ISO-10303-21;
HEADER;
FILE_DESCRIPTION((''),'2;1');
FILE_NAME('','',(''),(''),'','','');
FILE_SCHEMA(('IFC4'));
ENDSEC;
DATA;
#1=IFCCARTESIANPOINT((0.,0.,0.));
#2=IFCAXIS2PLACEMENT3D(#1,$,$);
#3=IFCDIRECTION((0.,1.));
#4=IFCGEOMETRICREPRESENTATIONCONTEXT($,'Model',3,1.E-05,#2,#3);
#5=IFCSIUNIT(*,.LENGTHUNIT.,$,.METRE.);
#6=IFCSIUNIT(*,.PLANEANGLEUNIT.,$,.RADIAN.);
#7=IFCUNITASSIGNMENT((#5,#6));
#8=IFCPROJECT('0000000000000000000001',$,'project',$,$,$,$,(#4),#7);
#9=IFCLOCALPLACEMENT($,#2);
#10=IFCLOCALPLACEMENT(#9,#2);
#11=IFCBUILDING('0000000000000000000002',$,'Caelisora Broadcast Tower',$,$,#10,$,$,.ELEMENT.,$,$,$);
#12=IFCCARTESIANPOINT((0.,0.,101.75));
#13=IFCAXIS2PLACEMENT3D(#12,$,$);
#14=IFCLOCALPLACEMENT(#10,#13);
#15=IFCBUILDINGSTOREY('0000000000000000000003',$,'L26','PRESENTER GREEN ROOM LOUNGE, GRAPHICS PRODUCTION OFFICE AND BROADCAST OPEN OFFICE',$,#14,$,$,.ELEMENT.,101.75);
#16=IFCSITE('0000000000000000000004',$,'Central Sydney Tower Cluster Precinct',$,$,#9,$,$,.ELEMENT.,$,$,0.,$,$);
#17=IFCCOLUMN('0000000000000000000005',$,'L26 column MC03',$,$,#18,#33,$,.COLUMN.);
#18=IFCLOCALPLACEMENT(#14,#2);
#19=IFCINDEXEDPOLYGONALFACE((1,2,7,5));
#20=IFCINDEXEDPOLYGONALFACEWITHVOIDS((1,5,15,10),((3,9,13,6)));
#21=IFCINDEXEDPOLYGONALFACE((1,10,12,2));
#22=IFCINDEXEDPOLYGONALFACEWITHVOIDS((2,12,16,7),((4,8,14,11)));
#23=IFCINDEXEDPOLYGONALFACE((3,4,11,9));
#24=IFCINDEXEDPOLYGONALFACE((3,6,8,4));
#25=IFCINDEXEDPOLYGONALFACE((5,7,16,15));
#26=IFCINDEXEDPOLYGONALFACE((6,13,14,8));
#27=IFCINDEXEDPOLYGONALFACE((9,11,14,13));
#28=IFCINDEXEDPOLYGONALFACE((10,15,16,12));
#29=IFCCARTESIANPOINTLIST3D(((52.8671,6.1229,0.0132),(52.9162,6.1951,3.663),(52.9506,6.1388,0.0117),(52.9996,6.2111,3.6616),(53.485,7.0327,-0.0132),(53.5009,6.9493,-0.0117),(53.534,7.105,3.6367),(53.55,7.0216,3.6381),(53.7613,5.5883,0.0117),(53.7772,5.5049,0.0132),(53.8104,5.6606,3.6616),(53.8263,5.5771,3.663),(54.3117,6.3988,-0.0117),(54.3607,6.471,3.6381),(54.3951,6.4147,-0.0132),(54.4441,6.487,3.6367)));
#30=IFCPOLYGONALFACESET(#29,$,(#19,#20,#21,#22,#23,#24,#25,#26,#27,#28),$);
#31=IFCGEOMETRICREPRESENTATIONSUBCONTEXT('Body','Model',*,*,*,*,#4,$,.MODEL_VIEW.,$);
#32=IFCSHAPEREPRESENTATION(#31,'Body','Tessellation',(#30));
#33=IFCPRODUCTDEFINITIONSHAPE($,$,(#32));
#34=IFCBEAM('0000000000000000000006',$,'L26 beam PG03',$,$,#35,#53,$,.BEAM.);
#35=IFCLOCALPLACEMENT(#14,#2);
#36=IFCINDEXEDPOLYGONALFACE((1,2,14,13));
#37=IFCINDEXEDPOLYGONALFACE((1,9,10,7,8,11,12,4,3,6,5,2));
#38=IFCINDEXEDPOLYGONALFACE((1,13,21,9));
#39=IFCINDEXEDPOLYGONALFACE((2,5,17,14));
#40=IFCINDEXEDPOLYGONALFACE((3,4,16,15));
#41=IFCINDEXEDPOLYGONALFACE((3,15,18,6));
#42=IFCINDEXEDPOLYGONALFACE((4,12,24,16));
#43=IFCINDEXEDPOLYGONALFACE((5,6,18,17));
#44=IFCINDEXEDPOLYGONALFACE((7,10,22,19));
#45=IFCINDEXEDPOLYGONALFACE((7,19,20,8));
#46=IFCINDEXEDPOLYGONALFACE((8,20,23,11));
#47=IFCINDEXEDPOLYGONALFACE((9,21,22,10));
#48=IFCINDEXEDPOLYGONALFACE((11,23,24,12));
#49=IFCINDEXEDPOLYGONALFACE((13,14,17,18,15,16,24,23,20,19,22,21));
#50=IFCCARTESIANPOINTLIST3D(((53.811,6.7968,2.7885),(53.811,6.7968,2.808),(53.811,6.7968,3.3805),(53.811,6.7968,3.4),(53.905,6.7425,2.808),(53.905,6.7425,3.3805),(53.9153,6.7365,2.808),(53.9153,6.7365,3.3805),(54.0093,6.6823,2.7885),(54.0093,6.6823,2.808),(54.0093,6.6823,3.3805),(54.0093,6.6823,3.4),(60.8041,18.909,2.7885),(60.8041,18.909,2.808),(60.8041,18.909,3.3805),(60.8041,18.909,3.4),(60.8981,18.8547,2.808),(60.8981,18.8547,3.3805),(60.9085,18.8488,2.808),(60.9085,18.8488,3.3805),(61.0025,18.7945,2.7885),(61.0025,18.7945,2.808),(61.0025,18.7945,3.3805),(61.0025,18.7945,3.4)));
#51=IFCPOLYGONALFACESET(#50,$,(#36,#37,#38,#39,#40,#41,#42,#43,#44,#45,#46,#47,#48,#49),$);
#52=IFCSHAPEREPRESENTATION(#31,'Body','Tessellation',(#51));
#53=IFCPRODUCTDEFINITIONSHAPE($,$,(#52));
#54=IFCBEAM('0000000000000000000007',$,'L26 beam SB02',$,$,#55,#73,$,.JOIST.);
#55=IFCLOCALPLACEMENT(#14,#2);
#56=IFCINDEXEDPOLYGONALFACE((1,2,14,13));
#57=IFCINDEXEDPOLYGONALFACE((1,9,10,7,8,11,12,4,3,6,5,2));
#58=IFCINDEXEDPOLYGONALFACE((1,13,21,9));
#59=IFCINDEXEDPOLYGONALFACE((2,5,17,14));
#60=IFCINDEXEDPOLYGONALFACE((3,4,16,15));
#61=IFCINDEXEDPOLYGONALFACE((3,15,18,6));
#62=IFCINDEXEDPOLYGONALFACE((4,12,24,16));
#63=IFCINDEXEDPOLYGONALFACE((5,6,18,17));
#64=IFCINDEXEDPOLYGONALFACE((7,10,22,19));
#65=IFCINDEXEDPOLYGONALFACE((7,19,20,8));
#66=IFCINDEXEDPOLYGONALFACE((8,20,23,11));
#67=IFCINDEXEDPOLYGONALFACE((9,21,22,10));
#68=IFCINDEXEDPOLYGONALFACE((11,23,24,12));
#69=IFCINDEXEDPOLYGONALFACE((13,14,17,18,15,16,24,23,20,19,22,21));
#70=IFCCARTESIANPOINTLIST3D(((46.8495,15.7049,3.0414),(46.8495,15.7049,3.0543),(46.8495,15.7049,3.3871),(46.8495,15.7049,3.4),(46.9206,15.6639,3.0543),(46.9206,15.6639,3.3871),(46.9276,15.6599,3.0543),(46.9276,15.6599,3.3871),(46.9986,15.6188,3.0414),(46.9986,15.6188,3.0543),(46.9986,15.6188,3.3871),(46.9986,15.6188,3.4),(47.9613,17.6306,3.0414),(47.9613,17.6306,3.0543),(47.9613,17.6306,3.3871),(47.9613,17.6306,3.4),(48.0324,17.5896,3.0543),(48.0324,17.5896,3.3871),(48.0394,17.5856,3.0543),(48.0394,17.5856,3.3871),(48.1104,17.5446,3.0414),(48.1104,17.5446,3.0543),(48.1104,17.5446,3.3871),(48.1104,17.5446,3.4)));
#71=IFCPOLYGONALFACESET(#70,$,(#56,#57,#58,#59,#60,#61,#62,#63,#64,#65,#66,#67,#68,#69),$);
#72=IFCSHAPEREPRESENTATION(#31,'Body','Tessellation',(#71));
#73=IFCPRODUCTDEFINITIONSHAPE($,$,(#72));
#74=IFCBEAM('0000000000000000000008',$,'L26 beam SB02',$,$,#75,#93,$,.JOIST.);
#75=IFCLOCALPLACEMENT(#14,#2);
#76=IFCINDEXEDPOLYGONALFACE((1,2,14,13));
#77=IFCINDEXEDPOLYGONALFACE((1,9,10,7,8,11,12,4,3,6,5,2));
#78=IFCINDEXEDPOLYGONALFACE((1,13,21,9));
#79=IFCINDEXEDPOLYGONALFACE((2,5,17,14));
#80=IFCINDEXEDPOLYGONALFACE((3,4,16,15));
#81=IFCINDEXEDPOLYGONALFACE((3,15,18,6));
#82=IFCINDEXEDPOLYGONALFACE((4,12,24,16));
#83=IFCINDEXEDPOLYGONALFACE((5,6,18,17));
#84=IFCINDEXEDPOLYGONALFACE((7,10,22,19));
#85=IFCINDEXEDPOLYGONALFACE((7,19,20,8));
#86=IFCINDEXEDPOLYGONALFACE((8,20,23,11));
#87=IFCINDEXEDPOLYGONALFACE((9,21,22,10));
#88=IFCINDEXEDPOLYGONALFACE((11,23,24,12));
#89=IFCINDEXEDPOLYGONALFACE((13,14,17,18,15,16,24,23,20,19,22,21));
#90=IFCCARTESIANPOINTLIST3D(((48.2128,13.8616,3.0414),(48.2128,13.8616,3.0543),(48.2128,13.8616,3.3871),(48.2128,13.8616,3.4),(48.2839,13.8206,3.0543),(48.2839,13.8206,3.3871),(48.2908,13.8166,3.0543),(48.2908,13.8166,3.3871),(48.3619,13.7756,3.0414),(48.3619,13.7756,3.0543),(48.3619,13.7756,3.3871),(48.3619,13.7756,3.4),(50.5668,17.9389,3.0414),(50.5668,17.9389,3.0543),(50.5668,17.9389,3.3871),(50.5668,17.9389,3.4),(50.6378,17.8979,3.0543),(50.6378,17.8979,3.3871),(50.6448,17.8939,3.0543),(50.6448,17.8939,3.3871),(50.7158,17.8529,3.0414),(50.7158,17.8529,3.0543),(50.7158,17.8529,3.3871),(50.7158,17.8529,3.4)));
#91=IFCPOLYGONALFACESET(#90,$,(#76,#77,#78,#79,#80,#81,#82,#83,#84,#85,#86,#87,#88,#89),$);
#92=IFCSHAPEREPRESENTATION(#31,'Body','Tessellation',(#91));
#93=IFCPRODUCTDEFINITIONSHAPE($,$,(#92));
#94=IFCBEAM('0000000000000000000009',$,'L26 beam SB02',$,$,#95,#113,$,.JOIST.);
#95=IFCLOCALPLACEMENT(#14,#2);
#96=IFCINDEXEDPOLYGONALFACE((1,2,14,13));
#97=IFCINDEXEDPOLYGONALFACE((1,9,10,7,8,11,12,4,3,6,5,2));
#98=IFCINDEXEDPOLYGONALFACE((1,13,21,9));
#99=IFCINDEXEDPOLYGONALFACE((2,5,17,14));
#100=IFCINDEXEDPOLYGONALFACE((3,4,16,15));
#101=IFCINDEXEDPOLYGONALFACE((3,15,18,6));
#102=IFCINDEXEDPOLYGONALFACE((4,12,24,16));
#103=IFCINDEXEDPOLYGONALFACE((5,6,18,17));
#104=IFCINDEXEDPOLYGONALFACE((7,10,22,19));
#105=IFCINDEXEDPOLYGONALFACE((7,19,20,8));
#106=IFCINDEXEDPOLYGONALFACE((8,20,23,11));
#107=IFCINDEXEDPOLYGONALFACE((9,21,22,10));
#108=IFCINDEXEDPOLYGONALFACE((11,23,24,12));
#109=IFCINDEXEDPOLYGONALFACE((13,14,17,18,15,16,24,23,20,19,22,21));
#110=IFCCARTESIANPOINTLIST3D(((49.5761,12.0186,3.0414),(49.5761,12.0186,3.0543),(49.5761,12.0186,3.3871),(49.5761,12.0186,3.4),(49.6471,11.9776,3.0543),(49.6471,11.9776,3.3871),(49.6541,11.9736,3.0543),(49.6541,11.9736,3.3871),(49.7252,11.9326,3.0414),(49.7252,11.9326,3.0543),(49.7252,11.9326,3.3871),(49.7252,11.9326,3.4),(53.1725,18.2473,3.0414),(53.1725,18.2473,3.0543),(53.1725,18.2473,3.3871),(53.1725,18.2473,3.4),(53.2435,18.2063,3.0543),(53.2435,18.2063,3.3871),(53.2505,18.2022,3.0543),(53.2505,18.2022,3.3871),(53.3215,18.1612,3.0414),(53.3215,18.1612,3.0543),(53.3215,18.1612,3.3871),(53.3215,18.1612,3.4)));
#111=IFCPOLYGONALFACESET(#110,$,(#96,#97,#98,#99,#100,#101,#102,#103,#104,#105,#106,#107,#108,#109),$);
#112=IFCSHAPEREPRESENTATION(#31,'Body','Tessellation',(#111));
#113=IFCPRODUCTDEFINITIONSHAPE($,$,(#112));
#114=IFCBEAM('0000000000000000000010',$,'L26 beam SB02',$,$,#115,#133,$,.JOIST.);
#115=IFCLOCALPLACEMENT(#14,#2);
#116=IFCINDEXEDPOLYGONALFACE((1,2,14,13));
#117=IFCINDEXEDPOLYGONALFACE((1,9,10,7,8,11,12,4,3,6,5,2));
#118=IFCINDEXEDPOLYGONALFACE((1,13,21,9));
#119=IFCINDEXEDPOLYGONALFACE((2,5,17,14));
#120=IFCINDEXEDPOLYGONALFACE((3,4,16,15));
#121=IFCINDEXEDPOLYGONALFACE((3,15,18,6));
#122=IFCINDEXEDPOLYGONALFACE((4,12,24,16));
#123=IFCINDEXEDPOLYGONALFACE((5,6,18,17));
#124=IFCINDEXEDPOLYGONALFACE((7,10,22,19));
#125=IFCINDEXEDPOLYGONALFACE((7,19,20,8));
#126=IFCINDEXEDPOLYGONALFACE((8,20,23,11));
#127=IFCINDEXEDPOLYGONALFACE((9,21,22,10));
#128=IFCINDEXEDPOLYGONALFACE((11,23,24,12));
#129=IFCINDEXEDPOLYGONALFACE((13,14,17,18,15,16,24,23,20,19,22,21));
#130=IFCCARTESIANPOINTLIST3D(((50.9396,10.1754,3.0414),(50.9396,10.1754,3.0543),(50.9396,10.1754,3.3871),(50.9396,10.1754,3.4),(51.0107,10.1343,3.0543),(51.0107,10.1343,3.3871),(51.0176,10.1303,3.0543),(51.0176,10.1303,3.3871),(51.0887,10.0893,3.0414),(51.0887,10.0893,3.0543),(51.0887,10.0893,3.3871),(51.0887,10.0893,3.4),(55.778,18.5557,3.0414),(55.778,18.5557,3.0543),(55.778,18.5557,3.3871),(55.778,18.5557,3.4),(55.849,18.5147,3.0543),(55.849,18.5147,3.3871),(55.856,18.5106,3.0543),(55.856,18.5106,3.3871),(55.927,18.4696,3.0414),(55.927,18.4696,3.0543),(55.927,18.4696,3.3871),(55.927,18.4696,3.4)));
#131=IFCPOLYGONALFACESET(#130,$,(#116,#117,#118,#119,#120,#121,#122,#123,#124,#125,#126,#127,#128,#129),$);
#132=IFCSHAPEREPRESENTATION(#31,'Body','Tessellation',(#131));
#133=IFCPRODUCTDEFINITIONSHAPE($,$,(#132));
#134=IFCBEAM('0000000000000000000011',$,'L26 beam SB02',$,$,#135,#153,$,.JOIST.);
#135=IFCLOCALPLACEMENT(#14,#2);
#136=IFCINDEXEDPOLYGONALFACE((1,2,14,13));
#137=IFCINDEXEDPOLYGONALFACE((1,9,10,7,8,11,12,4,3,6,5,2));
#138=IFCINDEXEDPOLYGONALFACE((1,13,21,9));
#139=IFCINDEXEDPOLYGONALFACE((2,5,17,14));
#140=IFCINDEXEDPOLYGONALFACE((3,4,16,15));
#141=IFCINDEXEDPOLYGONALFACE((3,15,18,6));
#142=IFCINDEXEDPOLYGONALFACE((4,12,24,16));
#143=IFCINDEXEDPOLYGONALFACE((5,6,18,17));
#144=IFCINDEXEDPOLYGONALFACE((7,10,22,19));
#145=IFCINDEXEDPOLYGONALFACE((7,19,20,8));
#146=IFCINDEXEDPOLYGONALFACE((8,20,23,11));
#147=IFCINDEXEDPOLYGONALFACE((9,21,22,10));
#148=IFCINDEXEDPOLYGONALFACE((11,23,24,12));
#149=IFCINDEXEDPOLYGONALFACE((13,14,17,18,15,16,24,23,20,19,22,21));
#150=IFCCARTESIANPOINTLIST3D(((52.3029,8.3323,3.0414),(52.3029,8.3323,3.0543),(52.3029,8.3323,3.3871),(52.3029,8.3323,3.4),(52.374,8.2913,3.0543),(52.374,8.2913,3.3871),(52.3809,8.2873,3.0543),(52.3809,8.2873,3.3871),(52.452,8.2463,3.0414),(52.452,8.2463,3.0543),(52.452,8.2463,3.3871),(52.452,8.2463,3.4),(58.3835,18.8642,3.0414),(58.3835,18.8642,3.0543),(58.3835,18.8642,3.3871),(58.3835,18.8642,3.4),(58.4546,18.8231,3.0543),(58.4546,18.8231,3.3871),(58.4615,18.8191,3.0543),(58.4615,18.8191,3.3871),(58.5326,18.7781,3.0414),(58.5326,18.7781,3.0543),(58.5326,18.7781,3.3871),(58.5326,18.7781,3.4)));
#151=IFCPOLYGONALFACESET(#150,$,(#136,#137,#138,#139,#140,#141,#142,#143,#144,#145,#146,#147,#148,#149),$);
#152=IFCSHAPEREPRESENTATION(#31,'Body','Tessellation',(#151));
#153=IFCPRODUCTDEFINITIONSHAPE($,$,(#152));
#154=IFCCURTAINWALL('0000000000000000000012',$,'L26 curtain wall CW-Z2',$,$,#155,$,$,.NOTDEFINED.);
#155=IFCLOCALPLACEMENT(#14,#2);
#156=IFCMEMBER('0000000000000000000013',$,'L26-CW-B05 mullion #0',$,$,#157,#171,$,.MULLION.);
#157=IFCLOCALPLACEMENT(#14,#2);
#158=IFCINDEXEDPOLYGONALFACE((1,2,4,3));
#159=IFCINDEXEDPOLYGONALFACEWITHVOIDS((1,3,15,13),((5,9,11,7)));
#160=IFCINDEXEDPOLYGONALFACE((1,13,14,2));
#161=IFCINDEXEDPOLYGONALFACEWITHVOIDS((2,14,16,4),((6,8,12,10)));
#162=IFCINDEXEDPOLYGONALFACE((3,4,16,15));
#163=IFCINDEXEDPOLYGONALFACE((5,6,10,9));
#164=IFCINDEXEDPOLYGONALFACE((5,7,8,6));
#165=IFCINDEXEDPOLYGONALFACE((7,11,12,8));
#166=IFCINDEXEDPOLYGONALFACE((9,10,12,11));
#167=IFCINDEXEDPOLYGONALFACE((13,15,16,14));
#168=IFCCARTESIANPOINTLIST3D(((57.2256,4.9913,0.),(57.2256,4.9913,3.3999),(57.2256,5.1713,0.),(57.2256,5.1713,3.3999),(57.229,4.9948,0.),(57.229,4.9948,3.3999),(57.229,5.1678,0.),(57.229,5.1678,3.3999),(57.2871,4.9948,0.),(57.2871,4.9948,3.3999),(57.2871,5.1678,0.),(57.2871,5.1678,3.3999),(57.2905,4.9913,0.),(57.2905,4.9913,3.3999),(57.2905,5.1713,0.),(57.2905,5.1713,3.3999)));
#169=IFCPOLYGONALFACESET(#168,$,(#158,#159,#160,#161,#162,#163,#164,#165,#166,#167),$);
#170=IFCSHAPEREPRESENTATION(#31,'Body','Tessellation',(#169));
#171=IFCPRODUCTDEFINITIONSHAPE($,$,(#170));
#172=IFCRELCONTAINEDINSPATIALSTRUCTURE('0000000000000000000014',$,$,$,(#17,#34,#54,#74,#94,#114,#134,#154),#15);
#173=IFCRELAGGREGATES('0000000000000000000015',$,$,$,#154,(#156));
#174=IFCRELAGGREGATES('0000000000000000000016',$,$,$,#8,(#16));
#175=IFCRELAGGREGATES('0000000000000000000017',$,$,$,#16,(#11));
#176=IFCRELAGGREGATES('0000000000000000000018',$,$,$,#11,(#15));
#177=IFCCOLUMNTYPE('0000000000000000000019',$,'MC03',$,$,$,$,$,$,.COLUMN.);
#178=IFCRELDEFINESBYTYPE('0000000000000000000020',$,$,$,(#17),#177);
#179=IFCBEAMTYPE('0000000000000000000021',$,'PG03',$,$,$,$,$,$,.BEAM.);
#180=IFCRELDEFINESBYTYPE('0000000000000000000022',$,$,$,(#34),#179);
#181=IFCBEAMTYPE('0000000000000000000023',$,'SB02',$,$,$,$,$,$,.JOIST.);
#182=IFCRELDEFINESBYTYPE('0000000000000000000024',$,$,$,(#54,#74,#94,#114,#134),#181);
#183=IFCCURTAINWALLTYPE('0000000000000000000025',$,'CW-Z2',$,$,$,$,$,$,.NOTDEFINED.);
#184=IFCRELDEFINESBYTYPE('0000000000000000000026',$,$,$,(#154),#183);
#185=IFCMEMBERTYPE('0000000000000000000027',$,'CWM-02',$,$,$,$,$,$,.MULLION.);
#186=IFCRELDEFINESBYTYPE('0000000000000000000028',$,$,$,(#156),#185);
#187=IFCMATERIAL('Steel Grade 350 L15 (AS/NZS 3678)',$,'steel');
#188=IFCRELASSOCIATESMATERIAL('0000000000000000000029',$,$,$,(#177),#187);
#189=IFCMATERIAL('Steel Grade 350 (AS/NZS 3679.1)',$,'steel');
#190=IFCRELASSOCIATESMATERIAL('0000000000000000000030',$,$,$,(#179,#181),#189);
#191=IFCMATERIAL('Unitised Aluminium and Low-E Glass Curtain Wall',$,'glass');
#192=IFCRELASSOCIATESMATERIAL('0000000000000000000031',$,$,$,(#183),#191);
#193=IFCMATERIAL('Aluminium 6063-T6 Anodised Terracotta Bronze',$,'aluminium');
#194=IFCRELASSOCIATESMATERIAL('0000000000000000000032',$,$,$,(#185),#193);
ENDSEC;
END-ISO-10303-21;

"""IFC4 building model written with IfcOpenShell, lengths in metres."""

from ifc_helpers import new_model, si_unit, direction, frame, origin, origin_2d, place, context, subcontext, project, spatial, hollow_rectangle, i_section, extrude, source, transform, mapped, material, material_profile, profile_set, type_object, type_shapes, element, aggregate, save


model = new_model("IFC4")

# Units and contexts
model_context = context("Model", 3, precision=1e-05, world=origin(), true_north=direction((0.0, 1.0)))
body_context = subcontext(model_context, "Body", "Model", "MODEL_VIEW")
ifc_project = project(units=[si_unit("LENGTHUNIT", "METRE"), si_unit("PLANEANGLEUNIT", "RADIAN")], contexts=[model_context])

# Site, building, storey
site_placement = place(None, origin())
site = spatial("IfcSite", under=ifc_project, at=site_placement, Name="Central Sydney Tower Cluster Precinct", CompositionType="ELEMENT", RefElevation=0.0)
building_placement = place(site_placement, origin())
building = spatial("IfcBuilding", under=site, at=building_placement, Name="Caelisora Broadcast Tower", CompositionType="ELEMENT")
storey_placement = place(building_placement, frame((0.0, 0.0, 101.75)))
storey = spatial("IfcBuildingStorey", under=building, at=storey_placement, Name="L26", Description="PRESENTER GREEN ROOM LOUNGE, GRAPHICS PRODUCTION OFFICE AND BROADCAST OPEN OFFICE", CompositionType="ELEMENT", Elevation=101.75)

# Column
ifc_material_1 = material(Name="Steel Grade 350 L15 (AS/NZS 3678)", Category="steel")
ifc_material_profile_1 = material_profile(ifc_material_1, hollow_rectangle(XDim=1.1001, YDim=1.1001, WallThickness=0.0601, at=origin_2d()), Name="Steel Grade 350 L15 (AS/NZS 3678)")
ifc_profile_set_1 = profile_set([ifc_material_profile_1], Name="Steel Grade 350 L15 (AS/NZS 3678)")
column_type = type_object("IfcColumnType", Name="MC03", PredefinedType="COLUMN", material=ifc_profile_set_1)
shared_shape_1 = source(origin(), body_context, "Body", "SweptSolid", [
    extrude(hollow_rectangle(XDim=1.1001, YDim=1.1001, WallThickness=0.0601, at=origin_2d()), origin(), (0.0, 0.0, 1.0), 3.6509),
])
type_shapes(column_type, [shared_shape_1])
column_placement = place(storey_placement, frame((53.6311, 6.2688, 0.0), z_axis=(0.013441, 0.019794, 0.999714), x_axis=(-0.82729, 0.561775, 0.0)))
element("IfcColumn", 1, at=column_placement, inside=storey, type_object=column_type, Name="L26 column MC03", PredefinedType="COLUMN", context=body_context, shape_type="MappedRepresentation", body=[
    mapped(shared_shape_1, transform((0.0, 0.0, 0.0), scale=1.0)),
])

# Beams
ifc_material_2 = material(Name="Steel Grade 350 (AS/NZS 3679.1)", Category="steel")
ifc_material_profile_2 = material_profile(ifc_material_2, i_section(OverallWidth=0.229, OverallDepth=0.6116, WebThickness=0.012, FlangeThickness=0.0195, at=origin_2d()), Name="Steel Grade 350 (AS/NZS 3679.1)")
ifc_profile_set_2 = profile_set([ifc_material_profile_2], Name="Steel Grade 350 (AS/NZS 3679.1)")
beam_type_1 = type_object("IfcBeamType", Name="PG03", PredefinedType="BEAM", material=ifc_profile_set_2)
shared_shape_2 = source(origin(), body_context, "Body", "SweptSolid", [
    extrude(i_section(OverallWidth=0.229, OverallDepth=0.6116, WebThickness=0.012, FlangeThickness=0.0195, at=origin_2d()), origin(), (0.0, 0.0, 1.0), 13.9861),
])
type_shapes(beam_type_1, [shared_shape_2])
beam_1_placement = place(storey_placement, frame((53.9102, 6.7395, 3.0942), z_axis=(0.500007, 0.866022, 0.0), x_axis=(-0.866022, 0.500007, 0.0)))
element("IfcBeam", 2, at=beam_1_placement, inside=storey, type_object=beam_type_1, Name="L26 beam PG03", PredefinedType="BEAM", context=body_context, shape_type="MappedRepresentation", body=[
    mapped(shared_shape_2, transform((0.0, 0.0, 0.0), scale=1.0)),
])
ifc_material_profile_3 = material_profile(ifc_material_2, i_section(OverallWidth=0.1721, OverallDepth=0.3586, WebThickness=0.0081, FlangeThickness=0.0129, at=origin_2d()), Name="Steel Grade 350 (AS/NZS 3679.1)")
ifc_profile_set_3 = profile_set([ifc_material_profile_3], Name="Steel Grade 350 (AS/NZS 3679.1)")
beam_type_2 = type_object("IfcBeamType", Name="SB02", PredefinedType="JOIST", material=ifc_profile_set_3)
shared_shape_3 = source(origin(), body_context, "Body", "SweptSolid", [
    extrude(i_section(OverallWidth=0.1721, OverallDepth=0.3586, WebThickness=0.0081, FlangeThickness=0.0129, at=origin_2d()), origin(), (0.0, 0.0, 1.0), 2.2236),
])
beam_2_placement = place(storey_placement, frame((46.9241, 15.6619, 3.2207), z_axis=(0.499989, 0.866032, 0.0), x_axis=(-0.866032, 0.499989, 0.0)))
element("IfcBeam", 3, at=beam_2_placement, inside=storey, type_object=beam_type_2, Name="L26 beam SB02", PredefinedType="JOIST", context=body_context, shape_type="MappedRepresentation", body=[
    mapped(shared_shape_3, transform((0.0, 0.0, 0.0), scale=1.0)),
])
shared_shape_4 = source(origin(), body_context, "Body", "SweptSolid", [
    extrude(i_section(OverallWidth=0.1721, OverallDepth=0.3586, WebThickness=0.0081, FlangeThickness=0.0129, at=origin_2d()), origin(), (0.0, 0.0, 1.0), 4.708),
])
beam_3_placement = place(storey_placement, frame((48.2874, 13.8186, 3.2207), z_axis=(0.499987, 0.866033, 0.0), x_axis=(-0.866033, 0.499987, 0.0)))
element("IfcBeam", 4, at=beam_3_placement, inside=storey, type_object=beam_type_2, Name="L26 beam SB02", PredefinedType="JOIST", context=body_context, shape_type="MappedRepresentation", body=[
    mapped(shared_shape_4, transform((0.0, 0.0, 0.0), scale=1.0)),
])
shared_shape_5 = source(origin(), body_context, "Body", "SweptSolid", [
    extrude(i_section(OverallWidth=0.1721, OverallDepth=0.3586, WebThickness=0.0081, FlangeThickness=0.0129, at=origin_2d()), origin(), (0.0, 0.0, 1.0), 7.1924),
])
beam_4_placement = place(storey_placement, frame((49.6506, 11.9756, 3.2207), z_axis=(0.500027, 0.86601, 0.0), x_axis=(-0.86601, 0.500027, 0.0)))
element("IfcBeam", 5, at=beam_4_placement, inside=storey, type_object=beam_type_2, Name="L26 beam SB02", PredefinedType="JOIST", context=body_context, shape_type="MappedRepresentation", body=[
    mapped(shared_shape_5, transform((0.0, 0.0, 0.0), scale=1.0)),
])
shared_shape_6 = source(origin(), body_context, "Body", "SweptSolid", [
    extrude(i_section(OverallWidth=0.1721, OverallDepth=0.3586, WebThickness=0.0081, FlangeThickness=0.0129, at=origin_2d()), origin(), (0.0, 0.0, 1.0), 9.6768),
])
beam_5_placement = place(storey_placement, frame((51.0142, 10.1323, 3.2207), z_axis=(0.499998, 0.866027, 0.0), x_axis=(-0.866027, 0.499998, 0.0)))
element("IfcBeam", 6, at=beam_5_placement, inside=storey, type_object=beam_type_2, Name="L26 beam SB02", PredefinedType="JOIST", context=body_context, shape_type="MappedRepresentation", body=[
    mapped(shared_shape_6, transform((0.0, 0.0, 0.0), scale=1.0)),
])
shared_shape_7 = source(origin(), body_context, "Body", "SweptSolid", [
    extrude(i_section(OverallWidth=0.1721, OverallDepth=0.3586, WebThickness=0.0081, FlangeThickness=0.0129, at=origin_2d()), origin(), (0.0, 0.0, 1.0), 12.1611),
])
type_shapes(beam_type_2, [shared_shape_3, shared_shape_4, shared_shape_5, shared_shape_6, shared_shape_7])
beam_6_placement = place(storey_placement, frame((52.3774, 8.2893, 3.2207), z_axis=(0.500004, 0.866023, 0.0), x_axis=(-0.866023, 0.500004, 0.0)))
element("IfcBeam", 7, at=beam_6_placement, inside=storey, type_object=beam_type_2, Name="L26 beam SB02", PredefinedType="JOIST", context=body_context, shape_type="MappedRepresentation", body=[
    mapped(shared_shape_7, transform((0.0, 0.0, 0.0), scale=1.0)),
])

# Curtain wall, member
ifc_material_3 = material(Name="Unitised Aluminium and Low-E Glass Curtain Wall", Category="glass")
curtain_wall_type = type_object("IfcCurtainWallType", Name="CW-Z2", PredefinedType="NOTDEFINED", material=ifc_material_3)
curtain_wall_placement = place(storey_placement, origin())
curtain_wall = element("IfcCurtainWall", 8, at=curtain_wall_placement, inside=storey, type_object=curtain_wall_type, Name="L26 curtain wall CW-Z2", PredefinedType="NOTDEFINED")
ifc_material_4 = material(Name="Aluminium 6063-T6 Anodised Terracotta Bronze", Category="aluminium")
ifc_material_profile_4 = material_profile(ifc_material_4, hollow_rectangle(XDim=0.0649, YDim=0.1799, WallThickness=0.0034, at=origin_2d()), Name="Aluminium 6063-T6 Anodised Terracotta Bronze")
ifc_profile_set_4 = profile_set([ifc_material_profile_4], Name="Aluminium 6063-T6 Anodised Terracotta Bronze")
member_type_1 = type_object("IfcMemberType", Name="CWM-02", PredefinedType="MULLION", material=ifc_profile_set_4)
shared_shape_8 = source(origin(), body_context, "Body", "SweptSolid", [
    extrude(hollow_rectangle(XDim=0.0649, YDim=0.1799, WallThickness=0.0034, at=origin_2d()), origin(), (0.0, 0.0, 1.0), 3.3999),
])
type_shapes(member_type_1, [shared_shape_8])
member_1_placement = place(storey_placement, frame((57.2581, 5.0813, 0.0), z_axis=(0.0, 0.0, 1.0), x_axis=(1.0, 0.0, 0.0)))
member_1 = element("IfcMember", 9, at=member_1_placement, type_object=member_type_1, Name="L26-CW-B05 mullion #0", PredefinedType="MULLION", context=body_context, shape_type="MappedRepresentation", body=[
    mapped(shared_shape_8, transform((0.0, 0.0, 0.0), scale=1.0)),
])
aggregate(curtain_wall, [member_1])

save(model, "model.ifc")
